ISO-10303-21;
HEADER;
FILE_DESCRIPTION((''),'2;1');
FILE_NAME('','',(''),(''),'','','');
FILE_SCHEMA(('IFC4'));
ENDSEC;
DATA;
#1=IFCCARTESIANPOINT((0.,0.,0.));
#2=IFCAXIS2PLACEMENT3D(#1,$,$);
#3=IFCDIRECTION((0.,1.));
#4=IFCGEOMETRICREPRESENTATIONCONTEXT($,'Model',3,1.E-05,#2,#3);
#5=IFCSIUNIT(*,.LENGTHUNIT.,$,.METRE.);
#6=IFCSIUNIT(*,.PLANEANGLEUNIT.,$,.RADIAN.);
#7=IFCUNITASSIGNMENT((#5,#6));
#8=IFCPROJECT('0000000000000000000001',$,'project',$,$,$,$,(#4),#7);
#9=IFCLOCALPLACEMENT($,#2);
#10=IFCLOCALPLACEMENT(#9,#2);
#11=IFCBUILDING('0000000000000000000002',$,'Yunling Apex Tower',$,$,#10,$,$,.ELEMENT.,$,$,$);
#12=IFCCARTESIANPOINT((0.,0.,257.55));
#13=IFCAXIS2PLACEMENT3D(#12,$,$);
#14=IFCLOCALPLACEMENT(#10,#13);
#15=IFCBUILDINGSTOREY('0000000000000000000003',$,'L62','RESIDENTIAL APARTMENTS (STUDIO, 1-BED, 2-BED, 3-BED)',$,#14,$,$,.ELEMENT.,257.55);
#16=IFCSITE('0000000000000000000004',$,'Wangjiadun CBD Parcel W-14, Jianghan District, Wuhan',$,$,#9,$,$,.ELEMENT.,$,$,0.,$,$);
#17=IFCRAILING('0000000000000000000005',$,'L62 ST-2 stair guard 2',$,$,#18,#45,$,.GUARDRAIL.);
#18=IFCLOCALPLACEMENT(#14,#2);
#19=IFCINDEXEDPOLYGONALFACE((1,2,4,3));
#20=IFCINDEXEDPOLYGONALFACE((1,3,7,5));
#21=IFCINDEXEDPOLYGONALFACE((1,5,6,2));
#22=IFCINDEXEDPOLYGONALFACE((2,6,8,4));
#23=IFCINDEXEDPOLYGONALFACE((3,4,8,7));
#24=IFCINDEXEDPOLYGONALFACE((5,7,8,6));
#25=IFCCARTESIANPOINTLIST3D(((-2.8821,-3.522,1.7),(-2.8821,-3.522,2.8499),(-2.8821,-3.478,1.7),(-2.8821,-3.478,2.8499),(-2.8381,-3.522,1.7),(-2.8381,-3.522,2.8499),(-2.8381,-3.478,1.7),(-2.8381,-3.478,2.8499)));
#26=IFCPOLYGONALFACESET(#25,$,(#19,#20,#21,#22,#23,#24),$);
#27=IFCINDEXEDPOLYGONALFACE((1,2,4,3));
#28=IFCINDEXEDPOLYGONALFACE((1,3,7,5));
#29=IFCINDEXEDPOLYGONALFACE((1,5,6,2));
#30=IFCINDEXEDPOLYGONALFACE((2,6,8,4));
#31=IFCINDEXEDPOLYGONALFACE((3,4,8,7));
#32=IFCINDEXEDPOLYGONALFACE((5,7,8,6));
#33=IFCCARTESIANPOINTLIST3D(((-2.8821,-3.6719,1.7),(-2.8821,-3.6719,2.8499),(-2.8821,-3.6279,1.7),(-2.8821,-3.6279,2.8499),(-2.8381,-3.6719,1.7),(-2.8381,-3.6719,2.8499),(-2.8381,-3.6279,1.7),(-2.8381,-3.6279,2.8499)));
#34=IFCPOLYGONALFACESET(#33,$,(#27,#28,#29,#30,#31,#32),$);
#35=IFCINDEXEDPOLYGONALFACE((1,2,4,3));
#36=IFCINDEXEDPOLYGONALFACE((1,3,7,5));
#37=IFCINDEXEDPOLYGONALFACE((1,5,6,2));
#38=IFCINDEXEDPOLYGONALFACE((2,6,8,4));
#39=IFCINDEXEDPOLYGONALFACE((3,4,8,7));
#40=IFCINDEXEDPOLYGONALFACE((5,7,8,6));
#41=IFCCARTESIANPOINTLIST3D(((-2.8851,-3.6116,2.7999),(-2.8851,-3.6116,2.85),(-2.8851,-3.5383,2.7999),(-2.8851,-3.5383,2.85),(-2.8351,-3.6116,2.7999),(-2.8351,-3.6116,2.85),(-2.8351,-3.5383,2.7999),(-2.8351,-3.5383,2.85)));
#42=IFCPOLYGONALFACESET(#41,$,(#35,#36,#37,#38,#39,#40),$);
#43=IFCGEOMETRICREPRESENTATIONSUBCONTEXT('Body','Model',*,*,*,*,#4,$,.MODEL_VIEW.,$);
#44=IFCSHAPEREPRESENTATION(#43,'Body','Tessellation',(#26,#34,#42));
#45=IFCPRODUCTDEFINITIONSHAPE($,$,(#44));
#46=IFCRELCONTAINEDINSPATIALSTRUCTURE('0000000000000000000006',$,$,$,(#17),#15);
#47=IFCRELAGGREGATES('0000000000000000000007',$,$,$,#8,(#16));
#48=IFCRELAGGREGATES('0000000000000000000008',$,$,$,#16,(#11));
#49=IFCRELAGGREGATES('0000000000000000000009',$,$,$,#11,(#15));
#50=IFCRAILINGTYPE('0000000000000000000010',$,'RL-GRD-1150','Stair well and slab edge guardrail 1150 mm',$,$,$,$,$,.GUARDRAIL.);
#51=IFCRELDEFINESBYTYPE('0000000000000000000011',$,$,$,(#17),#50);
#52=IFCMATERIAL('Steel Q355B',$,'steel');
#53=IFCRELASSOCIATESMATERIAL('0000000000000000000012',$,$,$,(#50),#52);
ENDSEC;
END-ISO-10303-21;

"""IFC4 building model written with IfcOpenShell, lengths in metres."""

from ifc_helpers import new_model, si_unit, direction, frame, origin, origin_2d, place, context, subcontext, project, spatial, rectangle, extrude, material, type_object, element, save


model = new_model("IFC4")

# Units and contexts
model_context = context("Model", 3, precision=1e-05, world=origin(), true_north=direction((0.0, 1.0)))
body_context = subcontext(model_context, "Body", "Model", "MODEL_VIEW")
ifc_project = project(units=[si_unit("LENGTHUNIT", "METRE"), si_unit("PLANEANGLEUNIT", "RADIAN")], contexts=[model_context])

# Site, building, storey
site_placement = place(None, origin())
site = spatial("IfcSite", under=ifc_project, at=site_placement, Name="Wangjiadun CBD Parcel W-14, Jianghan District, Wuhan", CompositionType="ELEMENT", RefElevation=0.0)
building_placement = place(site_placement, origin())
building = spatial("IfcBuilding", under=site, at=building_placement, Name="Yunling Apex Tower", CompositionType="ELEMENT")
storey_placement = place(building_placement, frame((0.0, 0.0, 257.55)))
storey = spatial("IfcBuildingStorey", under=building, at=storey_placement, Name="L62", Description="RESIDENTIAL APARTMENTS (STUDIO, 1-BED, 2-BED, 3-BED)", CompositionType="ELEMENT", Elevation=257.55)

# Shared definitions
ifc_material_1 = material(Name="Steel Q355B", Category="steel")

# Railing
railing_type = type_object("IfcRailingType", Name="RL-GRD-1150", Description="Stair well and slab edge guardrail 1150 mm", PredefinedType="GUARDRAIL", material=ifc_material_1)
railing_placement = place(storey_placement, frame((-2.8601, -3.5, 1.7)))
element("IfcRailing", 1, at=railing_placement, inside=storey, type_object=railing_type, Name="L62 ST-2 stair guard 2", PredefinedType="GUARDRAIL", context=body_context, shape_type="SweptSolid", body=[
    extrude(rectangle(XDim=0.0439, YDim=0.0439, at=origin_2d()), origin(), (0.0, 0.0, 1.0), 1.1499),
    extrude(rectangle(XDim=0.0439, YDim=0.0439, at=origin_2d()), frame((0.0, -0.1499, 0.0)), (0.0, 0.0, 1.0), 1.1499),
    extrude(rectangle(XDim=0.05, YDim=0.05, at=origin_2d()), frame((0.0, -0.0383, 1.125), z_axis=(0.0, -1.0, 0.0), x_axis=(1.0, 0.0, 0.0)), (0.0, 0.0, 1.0), 0.0732),
])

save(model, "model.ifc")
